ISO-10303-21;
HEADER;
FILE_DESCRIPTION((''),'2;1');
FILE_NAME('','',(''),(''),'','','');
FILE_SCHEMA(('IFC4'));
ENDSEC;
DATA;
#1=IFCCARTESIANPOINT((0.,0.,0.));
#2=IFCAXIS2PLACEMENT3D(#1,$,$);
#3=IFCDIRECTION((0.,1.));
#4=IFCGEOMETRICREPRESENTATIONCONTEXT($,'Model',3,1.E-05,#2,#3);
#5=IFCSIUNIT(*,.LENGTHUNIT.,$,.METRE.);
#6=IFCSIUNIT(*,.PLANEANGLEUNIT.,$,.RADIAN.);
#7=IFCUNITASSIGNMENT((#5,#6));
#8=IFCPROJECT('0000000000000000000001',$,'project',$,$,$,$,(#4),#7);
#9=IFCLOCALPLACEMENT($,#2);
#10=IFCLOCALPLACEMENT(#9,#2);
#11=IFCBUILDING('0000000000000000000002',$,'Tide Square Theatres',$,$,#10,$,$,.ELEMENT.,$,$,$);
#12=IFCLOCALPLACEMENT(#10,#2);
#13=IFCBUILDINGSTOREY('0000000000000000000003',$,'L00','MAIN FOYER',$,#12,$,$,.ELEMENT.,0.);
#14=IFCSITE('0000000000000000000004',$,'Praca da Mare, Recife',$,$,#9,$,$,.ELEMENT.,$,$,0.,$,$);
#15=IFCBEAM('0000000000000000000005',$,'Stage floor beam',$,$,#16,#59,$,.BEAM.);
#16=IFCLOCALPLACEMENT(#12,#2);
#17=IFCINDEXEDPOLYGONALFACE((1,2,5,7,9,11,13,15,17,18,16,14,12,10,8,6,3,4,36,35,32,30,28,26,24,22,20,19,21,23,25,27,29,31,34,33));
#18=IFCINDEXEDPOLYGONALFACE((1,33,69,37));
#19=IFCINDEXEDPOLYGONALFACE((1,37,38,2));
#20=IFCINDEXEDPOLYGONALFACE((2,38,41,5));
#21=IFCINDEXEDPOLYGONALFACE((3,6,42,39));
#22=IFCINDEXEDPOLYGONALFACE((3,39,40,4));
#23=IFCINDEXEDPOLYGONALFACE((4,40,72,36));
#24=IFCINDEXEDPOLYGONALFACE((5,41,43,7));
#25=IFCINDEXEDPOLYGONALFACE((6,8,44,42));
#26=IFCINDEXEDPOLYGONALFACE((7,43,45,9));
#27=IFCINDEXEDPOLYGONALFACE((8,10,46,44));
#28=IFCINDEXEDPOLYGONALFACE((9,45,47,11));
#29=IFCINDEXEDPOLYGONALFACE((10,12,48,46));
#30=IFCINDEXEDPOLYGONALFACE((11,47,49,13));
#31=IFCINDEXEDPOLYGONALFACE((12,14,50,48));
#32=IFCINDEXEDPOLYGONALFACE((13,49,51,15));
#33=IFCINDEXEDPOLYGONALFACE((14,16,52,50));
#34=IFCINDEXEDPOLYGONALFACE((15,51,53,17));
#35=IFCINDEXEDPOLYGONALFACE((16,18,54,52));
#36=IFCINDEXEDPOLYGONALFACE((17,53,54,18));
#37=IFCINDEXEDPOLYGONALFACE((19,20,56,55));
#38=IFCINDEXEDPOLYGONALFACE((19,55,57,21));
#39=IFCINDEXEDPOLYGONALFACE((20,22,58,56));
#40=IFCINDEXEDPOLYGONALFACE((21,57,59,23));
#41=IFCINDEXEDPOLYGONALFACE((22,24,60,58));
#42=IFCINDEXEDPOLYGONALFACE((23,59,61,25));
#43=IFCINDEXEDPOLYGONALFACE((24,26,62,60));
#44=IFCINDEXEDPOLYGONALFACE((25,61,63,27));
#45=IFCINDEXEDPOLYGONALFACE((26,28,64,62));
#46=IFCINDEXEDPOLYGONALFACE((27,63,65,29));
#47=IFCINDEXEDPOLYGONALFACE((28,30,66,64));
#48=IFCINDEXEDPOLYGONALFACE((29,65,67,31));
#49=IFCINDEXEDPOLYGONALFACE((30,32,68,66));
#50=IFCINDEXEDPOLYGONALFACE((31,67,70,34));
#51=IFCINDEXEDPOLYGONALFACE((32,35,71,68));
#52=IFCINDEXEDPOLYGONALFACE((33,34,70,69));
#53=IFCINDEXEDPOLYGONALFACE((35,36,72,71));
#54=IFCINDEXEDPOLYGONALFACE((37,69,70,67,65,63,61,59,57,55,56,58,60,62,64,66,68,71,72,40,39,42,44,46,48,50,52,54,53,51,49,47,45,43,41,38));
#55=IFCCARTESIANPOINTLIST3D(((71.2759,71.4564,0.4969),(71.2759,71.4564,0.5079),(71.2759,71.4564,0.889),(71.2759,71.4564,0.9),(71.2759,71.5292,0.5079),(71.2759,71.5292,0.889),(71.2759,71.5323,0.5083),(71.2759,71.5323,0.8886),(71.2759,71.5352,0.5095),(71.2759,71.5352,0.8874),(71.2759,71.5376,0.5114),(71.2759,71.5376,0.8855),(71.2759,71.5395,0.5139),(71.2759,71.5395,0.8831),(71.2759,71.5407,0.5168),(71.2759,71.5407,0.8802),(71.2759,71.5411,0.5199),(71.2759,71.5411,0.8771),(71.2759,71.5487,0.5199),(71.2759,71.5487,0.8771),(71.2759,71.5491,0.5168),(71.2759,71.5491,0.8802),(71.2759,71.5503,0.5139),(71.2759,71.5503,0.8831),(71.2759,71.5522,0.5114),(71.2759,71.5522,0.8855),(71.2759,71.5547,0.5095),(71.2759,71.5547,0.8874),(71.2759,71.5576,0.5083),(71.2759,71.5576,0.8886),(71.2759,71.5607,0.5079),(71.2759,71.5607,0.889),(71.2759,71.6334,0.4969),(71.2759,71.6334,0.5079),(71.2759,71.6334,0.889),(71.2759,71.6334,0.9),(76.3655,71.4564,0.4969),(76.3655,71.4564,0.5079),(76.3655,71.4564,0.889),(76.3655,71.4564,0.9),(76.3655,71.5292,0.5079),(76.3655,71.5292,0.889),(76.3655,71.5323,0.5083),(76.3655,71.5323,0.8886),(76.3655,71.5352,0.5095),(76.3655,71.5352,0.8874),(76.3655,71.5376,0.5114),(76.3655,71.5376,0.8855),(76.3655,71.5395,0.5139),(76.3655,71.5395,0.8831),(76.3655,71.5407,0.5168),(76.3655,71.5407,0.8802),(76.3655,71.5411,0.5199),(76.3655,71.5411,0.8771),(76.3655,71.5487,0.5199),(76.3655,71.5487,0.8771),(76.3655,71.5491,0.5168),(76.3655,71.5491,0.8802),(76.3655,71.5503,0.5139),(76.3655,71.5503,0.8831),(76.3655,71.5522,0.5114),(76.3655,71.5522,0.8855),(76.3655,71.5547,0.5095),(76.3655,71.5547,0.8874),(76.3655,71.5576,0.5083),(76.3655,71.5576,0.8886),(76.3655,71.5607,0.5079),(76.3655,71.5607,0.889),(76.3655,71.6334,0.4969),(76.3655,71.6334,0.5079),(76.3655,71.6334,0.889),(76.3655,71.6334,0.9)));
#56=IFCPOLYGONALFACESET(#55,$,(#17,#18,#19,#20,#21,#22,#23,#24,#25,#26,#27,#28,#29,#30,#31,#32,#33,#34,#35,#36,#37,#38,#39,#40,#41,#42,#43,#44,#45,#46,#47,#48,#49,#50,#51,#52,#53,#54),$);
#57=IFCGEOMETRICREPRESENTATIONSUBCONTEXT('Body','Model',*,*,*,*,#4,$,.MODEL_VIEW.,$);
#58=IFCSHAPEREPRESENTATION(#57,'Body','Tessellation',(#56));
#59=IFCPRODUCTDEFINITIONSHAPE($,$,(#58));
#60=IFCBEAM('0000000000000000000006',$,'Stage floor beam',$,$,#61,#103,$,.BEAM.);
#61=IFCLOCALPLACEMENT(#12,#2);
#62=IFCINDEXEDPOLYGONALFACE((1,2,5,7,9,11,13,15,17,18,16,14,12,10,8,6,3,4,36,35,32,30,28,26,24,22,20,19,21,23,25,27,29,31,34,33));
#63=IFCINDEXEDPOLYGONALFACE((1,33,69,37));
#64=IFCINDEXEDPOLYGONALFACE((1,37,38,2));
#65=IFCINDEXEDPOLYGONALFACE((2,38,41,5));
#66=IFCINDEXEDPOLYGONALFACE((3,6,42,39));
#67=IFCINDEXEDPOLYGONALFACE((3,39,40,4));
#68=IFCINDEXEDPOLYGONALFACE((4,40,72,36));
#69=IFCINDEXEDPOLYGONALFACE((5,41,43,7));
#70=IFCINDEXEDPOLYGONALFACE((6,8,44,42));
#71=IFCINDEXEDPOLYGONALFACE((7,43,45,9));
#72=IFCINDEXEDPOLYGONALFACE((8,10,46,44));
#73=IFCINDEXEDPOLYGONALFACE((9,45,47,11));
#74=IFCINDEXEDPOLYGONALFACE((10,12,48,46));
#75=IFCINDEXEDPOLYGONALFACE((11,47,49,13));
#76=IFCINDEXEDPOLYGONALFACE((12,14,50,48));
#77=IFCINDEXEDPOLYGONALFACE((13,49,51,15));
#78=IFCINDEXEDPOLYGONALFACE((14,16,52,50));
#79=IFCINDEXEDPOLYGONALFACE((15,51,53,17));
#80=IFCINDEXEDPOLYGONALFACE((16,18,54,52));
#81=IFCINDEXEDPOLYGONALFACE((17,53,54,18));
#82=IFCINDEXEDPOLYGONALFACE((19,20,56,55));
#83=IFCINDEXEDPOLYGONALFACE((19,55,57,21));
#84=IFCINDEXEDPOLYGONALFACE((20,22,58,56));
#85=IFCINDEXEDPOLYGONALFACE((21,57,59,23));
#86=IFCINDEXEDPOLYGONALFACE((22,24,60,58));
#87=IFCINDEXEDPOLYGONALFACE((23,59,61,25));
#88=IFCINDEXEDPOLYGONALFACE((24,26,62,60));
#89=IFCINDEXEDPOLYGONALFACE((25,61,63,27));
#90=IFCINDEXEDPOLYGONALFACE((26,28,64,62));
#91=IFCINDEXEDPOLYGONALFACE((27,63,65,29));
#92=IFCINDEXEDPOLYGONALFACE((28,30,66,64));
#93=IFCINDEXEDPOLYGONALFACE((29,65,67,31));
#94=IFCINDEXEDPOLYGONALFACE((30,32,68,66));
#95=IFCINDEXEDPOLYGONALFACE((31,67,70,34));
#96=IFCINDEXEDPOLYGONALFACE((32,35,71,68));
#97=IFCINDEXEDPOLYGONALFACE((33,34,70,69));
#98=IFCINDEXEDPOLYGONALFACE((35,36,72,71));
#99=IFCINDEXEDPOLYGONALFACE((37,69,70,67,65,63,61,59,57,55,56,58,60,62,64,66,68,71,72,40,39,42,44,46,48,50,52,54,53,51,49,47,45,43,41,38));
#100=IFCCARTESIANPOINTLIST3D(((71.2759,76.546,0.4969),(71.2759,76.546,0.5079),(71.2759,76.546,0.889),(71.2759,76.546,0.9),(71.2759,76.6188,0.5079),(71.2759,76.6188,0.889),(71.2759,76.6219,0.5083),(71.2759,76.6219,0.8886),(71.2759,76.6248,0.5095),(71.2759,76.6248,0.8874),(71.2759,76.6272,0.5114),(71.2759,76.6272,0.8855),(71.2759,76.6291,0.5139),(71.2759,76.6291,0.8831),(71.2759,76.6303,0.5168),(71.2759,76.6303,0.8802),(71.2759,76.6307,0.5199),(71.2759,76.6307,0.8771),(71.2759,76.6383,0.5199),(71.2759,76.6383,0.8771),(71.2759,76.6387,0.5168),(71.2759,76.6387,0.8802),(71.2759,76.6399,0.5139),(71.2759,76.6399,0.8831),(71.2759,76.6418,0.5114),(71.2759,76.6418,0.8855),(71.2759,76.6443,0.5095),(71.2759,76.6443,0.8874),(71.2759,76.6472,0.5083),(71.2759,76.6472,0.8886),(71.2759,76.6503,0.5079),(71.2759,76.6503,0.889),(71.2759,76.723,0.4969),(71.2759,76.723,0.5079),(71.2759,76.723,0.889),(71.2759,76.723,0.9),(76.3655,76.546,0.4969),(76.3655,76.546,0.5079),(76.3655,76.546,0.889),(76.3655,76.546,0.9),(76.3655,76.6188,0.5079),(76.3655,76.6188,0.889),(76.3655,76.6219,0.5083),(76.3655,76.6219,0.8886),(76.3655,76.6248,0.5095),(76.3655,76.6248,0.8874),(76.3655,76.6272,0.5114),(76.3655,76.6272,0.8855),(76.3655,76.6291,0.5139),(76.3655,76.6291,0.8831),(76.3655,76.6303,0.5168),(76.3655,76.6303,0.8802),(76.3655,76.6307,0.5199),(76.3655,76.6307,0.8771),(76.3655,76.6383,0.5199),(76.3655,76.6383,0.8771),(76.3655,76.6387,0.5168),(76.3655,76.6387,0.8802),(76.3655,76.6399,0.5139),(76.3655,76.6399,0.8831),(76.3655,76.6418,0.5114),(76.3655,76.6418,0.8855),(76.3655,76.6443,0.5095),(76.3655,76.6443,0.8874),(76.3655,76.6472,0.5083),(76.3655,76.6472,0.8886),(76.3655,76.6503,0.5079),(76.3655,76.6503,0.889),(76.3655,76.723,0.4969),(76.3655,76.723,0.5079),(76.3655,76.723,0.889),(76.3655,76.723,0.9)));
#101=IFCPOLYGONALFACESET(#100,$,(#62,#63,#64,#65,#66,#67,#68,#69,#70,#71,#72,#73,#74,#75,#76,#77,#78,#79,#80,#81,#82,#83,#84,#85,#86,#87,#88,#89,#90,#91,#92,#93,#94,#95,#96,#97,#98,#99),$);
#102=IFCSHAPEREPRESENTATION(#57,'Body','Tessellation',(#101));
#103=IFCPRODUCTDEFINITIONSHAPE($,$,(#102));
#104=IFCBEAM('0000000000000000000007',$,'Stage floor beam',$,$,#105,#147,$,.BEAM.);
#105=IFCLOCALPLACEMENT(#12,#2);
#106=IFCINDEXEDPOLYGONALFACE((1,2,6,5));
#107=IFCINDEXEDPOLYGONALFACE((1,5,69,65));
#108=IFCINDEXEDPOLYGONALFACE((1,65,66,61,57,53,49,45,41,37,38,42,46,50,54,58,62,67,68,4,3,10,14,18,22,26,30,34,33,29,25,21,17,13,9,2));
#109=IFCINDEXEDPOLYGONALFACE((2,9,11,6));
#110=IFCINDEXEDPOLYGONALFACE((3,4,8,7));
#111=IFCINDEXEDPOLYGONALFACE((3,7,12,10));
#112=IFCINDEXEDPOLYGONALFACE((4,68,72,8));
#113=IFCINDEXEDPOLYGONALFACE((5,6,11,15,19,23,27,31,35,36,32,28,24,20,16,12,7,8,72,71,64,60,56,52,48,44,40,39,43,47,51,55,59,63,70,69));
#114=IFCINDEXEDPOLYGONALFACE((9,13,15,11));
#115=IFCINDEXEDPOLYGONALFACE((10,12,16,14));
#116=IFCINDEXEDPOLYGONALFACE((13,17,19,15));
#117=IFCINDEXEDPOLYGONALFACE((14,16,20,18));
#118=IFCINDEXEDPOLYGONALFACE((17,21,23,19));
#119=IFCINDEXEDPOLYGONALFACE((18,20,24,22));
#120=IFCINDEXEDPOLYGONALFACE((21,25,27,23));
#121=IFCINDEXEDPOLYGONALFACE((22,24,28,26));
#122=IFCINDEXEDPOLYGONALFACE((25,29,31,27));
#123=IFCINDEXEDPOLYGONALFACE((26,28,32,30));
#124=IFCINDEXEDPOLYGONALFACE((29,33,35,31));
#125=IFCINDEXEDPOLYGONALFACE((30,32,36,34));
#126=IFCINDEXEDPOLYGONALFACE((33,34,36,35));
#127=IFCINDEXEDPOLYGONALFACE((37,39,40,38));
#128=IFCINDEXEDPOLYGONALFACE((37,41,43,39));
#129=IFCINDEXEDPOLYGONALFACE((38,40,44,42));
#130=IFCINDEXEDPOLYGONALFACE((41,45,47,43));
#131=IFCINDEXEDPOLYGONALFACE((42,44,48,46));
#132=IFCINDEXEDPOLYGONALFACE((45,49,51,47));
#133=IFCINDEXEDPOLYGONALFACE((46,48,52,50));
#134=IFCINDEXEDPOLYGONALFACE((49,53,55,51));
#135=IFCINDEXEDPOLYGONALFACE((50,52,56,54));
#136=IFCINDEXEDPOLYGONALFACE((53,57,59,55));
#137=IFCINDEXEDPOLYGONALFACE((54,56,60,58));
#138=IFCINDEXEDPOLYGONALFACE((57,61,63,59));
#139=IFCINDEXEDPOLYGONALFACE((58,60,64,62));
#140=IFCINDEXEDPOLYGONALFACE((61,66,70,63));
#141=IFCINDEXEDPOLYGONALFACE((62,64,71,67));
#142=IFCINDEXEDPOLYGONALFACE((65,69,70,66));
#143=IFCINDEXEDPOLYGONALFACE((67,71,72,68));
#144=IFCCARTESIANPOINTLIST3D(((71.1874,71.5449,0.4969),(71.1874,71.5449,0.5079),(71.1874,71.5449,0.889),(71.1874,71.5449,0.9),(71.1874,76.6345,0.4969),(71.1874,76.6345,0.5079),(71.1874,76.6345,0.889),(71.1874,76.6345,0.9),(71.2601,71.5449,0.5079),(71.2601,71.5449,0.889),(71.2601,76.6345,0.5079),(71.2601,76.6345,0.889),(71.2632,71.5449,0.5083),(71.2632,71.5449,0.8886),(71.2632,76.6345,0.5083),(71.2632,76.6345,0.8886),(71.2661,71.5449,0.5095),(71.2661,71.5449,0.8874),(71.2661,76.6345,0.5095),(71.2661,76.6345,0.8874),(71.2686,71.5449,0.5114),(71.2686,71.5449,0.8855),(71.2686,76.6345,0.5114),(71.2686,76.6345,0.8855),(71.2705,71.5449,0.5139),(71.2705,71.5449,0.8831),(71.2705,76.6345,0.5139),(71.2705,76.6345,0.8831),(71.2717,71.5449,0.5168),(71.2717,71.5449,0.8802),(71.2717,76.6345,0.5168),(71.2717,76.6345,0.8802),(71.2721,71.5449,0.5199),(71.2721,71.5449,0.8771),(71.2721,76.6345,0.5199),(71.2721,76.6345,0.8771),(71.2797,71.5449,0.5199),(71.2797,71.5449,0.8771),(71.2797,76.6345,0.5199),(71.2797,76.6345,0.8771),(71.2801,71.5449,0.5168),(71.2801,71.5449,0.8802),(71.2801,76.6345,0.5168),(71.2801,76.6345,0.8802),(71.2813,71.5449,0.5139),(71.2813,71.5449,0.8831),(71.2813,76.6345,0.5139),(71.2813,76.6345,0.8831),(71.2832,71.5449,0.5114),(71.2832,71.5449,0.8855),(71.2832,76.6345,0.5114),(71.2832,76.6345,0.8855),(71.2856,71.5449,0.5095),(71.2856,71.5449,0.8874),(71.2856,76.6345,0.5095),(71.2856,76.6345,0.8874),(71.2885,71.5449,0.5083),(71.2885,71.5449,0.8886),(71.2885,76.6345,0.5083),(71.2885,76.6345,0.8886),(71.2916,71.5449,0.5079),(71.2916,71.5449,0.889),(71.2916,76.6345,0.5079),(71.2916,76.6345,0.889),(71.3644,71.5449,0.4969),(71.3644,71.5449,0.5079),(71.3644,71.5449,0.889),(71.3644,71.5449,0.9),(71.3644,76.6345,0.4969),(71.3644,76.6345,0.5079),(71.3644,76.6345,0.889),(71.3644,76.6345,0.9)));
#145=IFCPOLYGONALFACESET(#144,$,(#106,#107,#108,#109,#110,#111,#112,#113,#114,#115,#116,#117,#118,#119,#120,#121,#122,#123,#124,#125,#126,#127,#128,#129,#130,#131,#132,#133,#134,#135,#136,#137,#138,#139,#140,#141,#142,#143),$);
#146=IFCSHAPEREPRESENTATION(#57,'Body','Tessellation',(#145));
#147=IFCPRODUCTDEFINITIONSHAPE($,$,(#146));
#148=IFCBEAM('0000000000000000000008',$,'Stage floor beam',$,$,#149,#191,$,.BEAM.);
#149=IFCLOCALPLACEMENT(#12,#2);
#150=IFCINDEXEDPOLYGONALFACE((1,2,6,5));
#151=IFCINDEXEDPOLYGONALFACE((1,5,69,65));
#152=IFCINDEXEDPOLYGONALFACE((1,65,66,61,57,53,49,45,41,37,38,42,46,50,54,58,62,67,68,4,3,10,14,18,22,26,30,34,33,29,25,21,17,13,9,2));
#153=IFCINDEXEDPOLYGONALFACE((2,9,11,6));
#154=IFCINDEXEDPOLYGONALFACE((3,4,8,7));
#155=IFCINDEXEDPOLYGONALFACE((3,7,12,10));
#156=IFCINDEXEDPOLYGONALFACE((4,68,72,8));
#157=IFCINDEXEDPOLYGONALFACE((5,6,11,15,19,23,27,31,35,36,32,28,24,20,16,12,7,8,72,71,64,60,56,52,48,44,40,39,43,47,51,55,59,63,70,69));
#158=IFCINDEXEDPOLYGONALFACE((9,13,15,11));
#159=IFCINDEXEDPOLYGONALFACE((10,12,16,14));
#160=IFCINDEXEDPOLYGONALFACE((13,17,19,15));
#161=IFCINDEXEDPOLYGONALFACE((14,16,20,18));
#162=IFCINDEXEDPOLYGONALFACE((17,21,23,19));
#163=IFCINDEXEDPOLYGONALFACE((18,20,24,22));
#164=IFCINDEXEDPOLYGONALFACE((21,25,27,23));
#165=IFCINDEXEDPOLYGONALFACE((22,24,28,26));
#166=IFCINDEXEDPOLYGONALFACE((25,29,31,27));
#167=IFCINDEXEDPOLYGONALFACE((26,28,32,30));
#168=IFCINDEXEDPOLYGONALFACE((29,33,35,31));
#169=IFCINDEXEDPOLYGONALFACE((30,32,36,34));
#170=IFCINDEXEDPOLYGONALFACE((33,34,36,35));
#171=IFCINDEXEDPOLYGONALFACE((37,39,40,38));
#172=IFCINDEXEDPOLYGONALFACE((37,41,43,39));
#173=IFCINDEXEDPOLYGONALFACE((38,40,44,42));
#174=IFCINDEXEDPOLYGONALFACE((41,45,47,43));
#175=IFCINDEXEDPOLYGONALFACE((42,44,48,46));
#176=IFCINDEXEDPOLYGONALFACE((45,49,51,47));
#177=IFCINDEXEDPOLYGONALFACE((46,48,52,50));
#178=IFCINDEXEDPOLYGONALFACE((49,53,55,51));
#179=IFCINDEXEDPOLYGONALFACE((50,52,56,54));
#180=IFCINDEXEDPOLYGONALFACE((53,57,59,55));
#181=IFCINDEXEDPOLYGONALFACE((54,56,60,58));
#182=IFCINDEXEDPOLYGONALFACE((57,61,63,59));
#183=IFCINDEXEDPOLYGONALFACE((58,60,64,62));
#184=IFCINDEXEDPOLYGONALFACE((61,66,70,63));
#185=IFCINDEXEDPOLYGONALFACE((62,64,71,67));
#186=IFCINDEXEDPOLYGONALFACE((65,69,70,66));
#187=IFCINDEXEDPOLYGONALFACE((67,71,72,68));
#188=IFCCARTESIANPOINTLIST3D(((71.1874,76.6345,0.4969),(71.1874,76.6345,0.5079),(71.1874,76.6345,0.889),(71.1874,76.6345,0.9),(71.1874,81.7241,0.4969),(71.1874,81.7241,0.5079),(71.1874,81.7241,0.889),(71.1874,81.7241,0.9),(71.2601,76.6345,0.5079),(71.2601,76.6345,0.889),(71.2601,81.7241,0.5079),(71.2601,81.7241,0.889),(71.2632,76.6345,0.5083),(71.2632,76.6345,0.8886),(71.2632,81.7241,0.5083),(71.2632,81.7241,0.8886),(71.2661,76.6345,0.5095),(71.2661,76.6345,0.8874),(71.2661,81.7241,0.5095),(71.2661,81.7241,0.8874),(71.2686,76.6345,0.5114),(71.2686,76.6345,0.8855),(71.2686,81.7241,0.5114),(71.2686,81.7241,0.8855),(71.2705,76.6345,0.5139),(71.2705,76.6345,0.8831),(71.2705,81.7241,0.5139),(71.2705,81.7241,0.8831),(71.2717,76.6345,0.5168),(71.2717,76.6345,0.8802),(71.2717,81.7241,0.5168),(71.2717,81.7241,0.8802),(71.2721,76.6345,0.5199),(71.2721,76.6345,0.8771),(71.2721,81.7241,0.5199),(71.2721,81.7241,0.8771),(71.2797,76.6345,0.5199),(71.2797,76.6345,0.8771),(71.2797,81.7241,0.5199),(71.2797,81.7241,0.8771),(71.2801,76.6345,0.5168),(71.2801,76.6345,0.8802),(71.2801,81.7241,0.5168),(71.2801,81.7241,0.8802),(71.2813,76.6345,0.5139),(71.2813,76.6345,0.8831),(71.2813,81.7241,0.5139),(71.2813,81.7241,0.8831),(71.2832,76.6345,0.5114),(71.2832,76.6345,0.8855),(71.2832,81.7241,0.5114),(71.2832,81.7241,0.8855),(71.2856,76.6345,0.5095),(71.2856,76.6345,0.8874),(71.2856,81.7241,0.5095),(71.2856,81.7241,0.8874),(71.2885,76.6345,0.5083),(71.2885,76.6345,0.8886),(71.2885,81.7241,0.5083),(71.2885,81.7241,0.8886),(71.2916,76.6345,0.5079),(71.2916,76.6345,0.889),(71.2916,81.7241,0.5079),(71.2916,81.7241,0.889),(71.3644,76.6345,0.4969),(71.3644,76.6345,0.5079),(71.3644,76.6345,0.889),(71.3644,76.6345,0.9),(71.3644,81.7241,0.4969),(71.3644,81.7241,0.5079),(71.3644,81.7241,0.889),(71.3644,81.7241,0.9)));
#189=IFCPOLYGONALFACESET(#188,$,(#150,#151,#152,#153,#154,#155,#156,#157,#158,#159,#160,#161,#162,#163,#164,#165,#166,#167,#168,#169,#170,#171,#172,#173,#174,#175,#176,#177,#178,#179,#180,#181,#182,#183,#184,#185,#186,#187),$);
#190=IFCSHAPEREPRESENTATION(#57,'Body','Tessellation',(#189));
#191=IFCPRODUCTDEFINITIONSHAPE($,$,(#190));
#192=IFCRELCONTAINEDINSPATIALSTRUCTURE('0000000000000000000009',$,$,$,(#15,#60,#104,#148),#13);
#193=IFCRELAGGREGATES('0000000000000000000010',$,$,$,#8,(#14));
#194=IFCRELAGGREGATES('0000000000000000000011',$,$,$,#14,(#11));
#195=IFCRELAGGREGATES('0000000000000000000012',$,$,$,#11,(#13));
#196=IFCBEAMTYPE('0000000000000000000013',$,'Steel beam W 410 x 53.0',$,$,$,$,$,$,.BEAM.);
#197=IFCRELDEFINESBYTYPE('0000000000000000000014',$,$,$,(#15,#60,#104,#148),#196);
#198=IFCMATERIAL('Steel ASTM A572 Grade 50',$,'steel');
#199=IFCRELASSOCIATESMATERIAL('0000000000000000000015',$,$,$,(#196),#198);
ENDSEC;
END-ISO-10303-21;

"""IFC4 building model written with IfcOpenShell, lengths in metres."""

from ifc_helpers import new_model, si_unit, direction, frame, origin, origin_2d, place, context, subcontext, project, spatial, i_section, extrude, material, material_profile, profile_set, type_object, element, save


model = new_model("IFC4")

# Units and contexts
model_context = context("Model", 3, precision=1e-05, world=origin(), true_north=direction((0.0, 1.0)))
body_context = subcontext(model_context, "Body", "Model", "MODEL_VIEW")
ifc_project = project(units=[si_unit("LENGTHUNIT", "METRE"), si_unit("PLANEANGLEUNIT", "RADIAN")], contexts=[model_context])

# Site, building, storey
site_placement = place(None, origin())
site = spatial("IfcSite", under=ifc_project, at=site_placement, Name="Praca da Mare, Recife", CompositionType="ELEMENT", RefElevation=0.0)
building_placement = place(site_placement, origin())
building = spatial("IfcBuilding", under=site, at=building_placement, Name="Tide Square Theatres", CompositionType="ELEMENT")
storey_placement = place(building_placement, origin())
storey = spatial("IfcBuildingStorey", under=building, at=storey_placement, Name="L00", Description="MAIN FOYER", CompositionType="ELEMENT", Elevation=0.0)

# Beams
ifc_material_1 = material(Name="Steel ASTM A572 Grade 50", Category="steel")
ifc_material_profile_1 = material_profile(ifc_material_1, i_section(OverallWidth=0.177, OverallDepth=0.4031, WebThickness=0.0076, FlangeThickness=0.011, FilletRadius=0.012, at=origin_2d()))
ifc_profile_set_1 = profile_set([ifc_material_profile_1], Name="Steel ASTM A572 Grade 50")
beam_type = type_object("IfcBeamType", Name="Steel beam W 410 x 53.0", PredefinedType="BEAM", material=ifc_profile_set_1)
for number, where, z_axis, x_axis, name in (
    (1, (71.2759, 71.5449, 0.6985), (1.0, 0.0, 0.0), (0.0, 1.0, 0.0), "Stage floor beam"),
    (2, (71.2759, 76.6345, 0.6985), (1.0, 0.0, 0.0), (0.0, 1.0, 0.0), "Stage floor beam"),
    (3, (71.2759, 71.5449, 0.6985), (0.0, 1.0, 0.0), (-1.0, 0.0, 0.0), "Stage floor beam"),
    (4, (71.2759, 76.6345, 0.6985), (0.0, 1.0, 0.0), (-1.0, 0.0, 0.0), "Stage floor beam"),
):
    element("IfcBeam", number, at=place(storey_placement, frame(where, z_axis=z_axis, x_axis=x_axis)), inside=storey, type_object=beam_type, Name=name, PredefinedType="BEAM", context=body_context, shape_type="SweptSolid", body=[
        extrude(i_section(OverallWidth=0.177, OverallDepth=0.4031, WebThickness=0.0076, FlangeThickness=0.011, FilletRadius=0.012, at=origin_2d()), origin(), (0.0, 0.0, 1.0), 5.0896),
    ])

save(model, "model.ifc")
